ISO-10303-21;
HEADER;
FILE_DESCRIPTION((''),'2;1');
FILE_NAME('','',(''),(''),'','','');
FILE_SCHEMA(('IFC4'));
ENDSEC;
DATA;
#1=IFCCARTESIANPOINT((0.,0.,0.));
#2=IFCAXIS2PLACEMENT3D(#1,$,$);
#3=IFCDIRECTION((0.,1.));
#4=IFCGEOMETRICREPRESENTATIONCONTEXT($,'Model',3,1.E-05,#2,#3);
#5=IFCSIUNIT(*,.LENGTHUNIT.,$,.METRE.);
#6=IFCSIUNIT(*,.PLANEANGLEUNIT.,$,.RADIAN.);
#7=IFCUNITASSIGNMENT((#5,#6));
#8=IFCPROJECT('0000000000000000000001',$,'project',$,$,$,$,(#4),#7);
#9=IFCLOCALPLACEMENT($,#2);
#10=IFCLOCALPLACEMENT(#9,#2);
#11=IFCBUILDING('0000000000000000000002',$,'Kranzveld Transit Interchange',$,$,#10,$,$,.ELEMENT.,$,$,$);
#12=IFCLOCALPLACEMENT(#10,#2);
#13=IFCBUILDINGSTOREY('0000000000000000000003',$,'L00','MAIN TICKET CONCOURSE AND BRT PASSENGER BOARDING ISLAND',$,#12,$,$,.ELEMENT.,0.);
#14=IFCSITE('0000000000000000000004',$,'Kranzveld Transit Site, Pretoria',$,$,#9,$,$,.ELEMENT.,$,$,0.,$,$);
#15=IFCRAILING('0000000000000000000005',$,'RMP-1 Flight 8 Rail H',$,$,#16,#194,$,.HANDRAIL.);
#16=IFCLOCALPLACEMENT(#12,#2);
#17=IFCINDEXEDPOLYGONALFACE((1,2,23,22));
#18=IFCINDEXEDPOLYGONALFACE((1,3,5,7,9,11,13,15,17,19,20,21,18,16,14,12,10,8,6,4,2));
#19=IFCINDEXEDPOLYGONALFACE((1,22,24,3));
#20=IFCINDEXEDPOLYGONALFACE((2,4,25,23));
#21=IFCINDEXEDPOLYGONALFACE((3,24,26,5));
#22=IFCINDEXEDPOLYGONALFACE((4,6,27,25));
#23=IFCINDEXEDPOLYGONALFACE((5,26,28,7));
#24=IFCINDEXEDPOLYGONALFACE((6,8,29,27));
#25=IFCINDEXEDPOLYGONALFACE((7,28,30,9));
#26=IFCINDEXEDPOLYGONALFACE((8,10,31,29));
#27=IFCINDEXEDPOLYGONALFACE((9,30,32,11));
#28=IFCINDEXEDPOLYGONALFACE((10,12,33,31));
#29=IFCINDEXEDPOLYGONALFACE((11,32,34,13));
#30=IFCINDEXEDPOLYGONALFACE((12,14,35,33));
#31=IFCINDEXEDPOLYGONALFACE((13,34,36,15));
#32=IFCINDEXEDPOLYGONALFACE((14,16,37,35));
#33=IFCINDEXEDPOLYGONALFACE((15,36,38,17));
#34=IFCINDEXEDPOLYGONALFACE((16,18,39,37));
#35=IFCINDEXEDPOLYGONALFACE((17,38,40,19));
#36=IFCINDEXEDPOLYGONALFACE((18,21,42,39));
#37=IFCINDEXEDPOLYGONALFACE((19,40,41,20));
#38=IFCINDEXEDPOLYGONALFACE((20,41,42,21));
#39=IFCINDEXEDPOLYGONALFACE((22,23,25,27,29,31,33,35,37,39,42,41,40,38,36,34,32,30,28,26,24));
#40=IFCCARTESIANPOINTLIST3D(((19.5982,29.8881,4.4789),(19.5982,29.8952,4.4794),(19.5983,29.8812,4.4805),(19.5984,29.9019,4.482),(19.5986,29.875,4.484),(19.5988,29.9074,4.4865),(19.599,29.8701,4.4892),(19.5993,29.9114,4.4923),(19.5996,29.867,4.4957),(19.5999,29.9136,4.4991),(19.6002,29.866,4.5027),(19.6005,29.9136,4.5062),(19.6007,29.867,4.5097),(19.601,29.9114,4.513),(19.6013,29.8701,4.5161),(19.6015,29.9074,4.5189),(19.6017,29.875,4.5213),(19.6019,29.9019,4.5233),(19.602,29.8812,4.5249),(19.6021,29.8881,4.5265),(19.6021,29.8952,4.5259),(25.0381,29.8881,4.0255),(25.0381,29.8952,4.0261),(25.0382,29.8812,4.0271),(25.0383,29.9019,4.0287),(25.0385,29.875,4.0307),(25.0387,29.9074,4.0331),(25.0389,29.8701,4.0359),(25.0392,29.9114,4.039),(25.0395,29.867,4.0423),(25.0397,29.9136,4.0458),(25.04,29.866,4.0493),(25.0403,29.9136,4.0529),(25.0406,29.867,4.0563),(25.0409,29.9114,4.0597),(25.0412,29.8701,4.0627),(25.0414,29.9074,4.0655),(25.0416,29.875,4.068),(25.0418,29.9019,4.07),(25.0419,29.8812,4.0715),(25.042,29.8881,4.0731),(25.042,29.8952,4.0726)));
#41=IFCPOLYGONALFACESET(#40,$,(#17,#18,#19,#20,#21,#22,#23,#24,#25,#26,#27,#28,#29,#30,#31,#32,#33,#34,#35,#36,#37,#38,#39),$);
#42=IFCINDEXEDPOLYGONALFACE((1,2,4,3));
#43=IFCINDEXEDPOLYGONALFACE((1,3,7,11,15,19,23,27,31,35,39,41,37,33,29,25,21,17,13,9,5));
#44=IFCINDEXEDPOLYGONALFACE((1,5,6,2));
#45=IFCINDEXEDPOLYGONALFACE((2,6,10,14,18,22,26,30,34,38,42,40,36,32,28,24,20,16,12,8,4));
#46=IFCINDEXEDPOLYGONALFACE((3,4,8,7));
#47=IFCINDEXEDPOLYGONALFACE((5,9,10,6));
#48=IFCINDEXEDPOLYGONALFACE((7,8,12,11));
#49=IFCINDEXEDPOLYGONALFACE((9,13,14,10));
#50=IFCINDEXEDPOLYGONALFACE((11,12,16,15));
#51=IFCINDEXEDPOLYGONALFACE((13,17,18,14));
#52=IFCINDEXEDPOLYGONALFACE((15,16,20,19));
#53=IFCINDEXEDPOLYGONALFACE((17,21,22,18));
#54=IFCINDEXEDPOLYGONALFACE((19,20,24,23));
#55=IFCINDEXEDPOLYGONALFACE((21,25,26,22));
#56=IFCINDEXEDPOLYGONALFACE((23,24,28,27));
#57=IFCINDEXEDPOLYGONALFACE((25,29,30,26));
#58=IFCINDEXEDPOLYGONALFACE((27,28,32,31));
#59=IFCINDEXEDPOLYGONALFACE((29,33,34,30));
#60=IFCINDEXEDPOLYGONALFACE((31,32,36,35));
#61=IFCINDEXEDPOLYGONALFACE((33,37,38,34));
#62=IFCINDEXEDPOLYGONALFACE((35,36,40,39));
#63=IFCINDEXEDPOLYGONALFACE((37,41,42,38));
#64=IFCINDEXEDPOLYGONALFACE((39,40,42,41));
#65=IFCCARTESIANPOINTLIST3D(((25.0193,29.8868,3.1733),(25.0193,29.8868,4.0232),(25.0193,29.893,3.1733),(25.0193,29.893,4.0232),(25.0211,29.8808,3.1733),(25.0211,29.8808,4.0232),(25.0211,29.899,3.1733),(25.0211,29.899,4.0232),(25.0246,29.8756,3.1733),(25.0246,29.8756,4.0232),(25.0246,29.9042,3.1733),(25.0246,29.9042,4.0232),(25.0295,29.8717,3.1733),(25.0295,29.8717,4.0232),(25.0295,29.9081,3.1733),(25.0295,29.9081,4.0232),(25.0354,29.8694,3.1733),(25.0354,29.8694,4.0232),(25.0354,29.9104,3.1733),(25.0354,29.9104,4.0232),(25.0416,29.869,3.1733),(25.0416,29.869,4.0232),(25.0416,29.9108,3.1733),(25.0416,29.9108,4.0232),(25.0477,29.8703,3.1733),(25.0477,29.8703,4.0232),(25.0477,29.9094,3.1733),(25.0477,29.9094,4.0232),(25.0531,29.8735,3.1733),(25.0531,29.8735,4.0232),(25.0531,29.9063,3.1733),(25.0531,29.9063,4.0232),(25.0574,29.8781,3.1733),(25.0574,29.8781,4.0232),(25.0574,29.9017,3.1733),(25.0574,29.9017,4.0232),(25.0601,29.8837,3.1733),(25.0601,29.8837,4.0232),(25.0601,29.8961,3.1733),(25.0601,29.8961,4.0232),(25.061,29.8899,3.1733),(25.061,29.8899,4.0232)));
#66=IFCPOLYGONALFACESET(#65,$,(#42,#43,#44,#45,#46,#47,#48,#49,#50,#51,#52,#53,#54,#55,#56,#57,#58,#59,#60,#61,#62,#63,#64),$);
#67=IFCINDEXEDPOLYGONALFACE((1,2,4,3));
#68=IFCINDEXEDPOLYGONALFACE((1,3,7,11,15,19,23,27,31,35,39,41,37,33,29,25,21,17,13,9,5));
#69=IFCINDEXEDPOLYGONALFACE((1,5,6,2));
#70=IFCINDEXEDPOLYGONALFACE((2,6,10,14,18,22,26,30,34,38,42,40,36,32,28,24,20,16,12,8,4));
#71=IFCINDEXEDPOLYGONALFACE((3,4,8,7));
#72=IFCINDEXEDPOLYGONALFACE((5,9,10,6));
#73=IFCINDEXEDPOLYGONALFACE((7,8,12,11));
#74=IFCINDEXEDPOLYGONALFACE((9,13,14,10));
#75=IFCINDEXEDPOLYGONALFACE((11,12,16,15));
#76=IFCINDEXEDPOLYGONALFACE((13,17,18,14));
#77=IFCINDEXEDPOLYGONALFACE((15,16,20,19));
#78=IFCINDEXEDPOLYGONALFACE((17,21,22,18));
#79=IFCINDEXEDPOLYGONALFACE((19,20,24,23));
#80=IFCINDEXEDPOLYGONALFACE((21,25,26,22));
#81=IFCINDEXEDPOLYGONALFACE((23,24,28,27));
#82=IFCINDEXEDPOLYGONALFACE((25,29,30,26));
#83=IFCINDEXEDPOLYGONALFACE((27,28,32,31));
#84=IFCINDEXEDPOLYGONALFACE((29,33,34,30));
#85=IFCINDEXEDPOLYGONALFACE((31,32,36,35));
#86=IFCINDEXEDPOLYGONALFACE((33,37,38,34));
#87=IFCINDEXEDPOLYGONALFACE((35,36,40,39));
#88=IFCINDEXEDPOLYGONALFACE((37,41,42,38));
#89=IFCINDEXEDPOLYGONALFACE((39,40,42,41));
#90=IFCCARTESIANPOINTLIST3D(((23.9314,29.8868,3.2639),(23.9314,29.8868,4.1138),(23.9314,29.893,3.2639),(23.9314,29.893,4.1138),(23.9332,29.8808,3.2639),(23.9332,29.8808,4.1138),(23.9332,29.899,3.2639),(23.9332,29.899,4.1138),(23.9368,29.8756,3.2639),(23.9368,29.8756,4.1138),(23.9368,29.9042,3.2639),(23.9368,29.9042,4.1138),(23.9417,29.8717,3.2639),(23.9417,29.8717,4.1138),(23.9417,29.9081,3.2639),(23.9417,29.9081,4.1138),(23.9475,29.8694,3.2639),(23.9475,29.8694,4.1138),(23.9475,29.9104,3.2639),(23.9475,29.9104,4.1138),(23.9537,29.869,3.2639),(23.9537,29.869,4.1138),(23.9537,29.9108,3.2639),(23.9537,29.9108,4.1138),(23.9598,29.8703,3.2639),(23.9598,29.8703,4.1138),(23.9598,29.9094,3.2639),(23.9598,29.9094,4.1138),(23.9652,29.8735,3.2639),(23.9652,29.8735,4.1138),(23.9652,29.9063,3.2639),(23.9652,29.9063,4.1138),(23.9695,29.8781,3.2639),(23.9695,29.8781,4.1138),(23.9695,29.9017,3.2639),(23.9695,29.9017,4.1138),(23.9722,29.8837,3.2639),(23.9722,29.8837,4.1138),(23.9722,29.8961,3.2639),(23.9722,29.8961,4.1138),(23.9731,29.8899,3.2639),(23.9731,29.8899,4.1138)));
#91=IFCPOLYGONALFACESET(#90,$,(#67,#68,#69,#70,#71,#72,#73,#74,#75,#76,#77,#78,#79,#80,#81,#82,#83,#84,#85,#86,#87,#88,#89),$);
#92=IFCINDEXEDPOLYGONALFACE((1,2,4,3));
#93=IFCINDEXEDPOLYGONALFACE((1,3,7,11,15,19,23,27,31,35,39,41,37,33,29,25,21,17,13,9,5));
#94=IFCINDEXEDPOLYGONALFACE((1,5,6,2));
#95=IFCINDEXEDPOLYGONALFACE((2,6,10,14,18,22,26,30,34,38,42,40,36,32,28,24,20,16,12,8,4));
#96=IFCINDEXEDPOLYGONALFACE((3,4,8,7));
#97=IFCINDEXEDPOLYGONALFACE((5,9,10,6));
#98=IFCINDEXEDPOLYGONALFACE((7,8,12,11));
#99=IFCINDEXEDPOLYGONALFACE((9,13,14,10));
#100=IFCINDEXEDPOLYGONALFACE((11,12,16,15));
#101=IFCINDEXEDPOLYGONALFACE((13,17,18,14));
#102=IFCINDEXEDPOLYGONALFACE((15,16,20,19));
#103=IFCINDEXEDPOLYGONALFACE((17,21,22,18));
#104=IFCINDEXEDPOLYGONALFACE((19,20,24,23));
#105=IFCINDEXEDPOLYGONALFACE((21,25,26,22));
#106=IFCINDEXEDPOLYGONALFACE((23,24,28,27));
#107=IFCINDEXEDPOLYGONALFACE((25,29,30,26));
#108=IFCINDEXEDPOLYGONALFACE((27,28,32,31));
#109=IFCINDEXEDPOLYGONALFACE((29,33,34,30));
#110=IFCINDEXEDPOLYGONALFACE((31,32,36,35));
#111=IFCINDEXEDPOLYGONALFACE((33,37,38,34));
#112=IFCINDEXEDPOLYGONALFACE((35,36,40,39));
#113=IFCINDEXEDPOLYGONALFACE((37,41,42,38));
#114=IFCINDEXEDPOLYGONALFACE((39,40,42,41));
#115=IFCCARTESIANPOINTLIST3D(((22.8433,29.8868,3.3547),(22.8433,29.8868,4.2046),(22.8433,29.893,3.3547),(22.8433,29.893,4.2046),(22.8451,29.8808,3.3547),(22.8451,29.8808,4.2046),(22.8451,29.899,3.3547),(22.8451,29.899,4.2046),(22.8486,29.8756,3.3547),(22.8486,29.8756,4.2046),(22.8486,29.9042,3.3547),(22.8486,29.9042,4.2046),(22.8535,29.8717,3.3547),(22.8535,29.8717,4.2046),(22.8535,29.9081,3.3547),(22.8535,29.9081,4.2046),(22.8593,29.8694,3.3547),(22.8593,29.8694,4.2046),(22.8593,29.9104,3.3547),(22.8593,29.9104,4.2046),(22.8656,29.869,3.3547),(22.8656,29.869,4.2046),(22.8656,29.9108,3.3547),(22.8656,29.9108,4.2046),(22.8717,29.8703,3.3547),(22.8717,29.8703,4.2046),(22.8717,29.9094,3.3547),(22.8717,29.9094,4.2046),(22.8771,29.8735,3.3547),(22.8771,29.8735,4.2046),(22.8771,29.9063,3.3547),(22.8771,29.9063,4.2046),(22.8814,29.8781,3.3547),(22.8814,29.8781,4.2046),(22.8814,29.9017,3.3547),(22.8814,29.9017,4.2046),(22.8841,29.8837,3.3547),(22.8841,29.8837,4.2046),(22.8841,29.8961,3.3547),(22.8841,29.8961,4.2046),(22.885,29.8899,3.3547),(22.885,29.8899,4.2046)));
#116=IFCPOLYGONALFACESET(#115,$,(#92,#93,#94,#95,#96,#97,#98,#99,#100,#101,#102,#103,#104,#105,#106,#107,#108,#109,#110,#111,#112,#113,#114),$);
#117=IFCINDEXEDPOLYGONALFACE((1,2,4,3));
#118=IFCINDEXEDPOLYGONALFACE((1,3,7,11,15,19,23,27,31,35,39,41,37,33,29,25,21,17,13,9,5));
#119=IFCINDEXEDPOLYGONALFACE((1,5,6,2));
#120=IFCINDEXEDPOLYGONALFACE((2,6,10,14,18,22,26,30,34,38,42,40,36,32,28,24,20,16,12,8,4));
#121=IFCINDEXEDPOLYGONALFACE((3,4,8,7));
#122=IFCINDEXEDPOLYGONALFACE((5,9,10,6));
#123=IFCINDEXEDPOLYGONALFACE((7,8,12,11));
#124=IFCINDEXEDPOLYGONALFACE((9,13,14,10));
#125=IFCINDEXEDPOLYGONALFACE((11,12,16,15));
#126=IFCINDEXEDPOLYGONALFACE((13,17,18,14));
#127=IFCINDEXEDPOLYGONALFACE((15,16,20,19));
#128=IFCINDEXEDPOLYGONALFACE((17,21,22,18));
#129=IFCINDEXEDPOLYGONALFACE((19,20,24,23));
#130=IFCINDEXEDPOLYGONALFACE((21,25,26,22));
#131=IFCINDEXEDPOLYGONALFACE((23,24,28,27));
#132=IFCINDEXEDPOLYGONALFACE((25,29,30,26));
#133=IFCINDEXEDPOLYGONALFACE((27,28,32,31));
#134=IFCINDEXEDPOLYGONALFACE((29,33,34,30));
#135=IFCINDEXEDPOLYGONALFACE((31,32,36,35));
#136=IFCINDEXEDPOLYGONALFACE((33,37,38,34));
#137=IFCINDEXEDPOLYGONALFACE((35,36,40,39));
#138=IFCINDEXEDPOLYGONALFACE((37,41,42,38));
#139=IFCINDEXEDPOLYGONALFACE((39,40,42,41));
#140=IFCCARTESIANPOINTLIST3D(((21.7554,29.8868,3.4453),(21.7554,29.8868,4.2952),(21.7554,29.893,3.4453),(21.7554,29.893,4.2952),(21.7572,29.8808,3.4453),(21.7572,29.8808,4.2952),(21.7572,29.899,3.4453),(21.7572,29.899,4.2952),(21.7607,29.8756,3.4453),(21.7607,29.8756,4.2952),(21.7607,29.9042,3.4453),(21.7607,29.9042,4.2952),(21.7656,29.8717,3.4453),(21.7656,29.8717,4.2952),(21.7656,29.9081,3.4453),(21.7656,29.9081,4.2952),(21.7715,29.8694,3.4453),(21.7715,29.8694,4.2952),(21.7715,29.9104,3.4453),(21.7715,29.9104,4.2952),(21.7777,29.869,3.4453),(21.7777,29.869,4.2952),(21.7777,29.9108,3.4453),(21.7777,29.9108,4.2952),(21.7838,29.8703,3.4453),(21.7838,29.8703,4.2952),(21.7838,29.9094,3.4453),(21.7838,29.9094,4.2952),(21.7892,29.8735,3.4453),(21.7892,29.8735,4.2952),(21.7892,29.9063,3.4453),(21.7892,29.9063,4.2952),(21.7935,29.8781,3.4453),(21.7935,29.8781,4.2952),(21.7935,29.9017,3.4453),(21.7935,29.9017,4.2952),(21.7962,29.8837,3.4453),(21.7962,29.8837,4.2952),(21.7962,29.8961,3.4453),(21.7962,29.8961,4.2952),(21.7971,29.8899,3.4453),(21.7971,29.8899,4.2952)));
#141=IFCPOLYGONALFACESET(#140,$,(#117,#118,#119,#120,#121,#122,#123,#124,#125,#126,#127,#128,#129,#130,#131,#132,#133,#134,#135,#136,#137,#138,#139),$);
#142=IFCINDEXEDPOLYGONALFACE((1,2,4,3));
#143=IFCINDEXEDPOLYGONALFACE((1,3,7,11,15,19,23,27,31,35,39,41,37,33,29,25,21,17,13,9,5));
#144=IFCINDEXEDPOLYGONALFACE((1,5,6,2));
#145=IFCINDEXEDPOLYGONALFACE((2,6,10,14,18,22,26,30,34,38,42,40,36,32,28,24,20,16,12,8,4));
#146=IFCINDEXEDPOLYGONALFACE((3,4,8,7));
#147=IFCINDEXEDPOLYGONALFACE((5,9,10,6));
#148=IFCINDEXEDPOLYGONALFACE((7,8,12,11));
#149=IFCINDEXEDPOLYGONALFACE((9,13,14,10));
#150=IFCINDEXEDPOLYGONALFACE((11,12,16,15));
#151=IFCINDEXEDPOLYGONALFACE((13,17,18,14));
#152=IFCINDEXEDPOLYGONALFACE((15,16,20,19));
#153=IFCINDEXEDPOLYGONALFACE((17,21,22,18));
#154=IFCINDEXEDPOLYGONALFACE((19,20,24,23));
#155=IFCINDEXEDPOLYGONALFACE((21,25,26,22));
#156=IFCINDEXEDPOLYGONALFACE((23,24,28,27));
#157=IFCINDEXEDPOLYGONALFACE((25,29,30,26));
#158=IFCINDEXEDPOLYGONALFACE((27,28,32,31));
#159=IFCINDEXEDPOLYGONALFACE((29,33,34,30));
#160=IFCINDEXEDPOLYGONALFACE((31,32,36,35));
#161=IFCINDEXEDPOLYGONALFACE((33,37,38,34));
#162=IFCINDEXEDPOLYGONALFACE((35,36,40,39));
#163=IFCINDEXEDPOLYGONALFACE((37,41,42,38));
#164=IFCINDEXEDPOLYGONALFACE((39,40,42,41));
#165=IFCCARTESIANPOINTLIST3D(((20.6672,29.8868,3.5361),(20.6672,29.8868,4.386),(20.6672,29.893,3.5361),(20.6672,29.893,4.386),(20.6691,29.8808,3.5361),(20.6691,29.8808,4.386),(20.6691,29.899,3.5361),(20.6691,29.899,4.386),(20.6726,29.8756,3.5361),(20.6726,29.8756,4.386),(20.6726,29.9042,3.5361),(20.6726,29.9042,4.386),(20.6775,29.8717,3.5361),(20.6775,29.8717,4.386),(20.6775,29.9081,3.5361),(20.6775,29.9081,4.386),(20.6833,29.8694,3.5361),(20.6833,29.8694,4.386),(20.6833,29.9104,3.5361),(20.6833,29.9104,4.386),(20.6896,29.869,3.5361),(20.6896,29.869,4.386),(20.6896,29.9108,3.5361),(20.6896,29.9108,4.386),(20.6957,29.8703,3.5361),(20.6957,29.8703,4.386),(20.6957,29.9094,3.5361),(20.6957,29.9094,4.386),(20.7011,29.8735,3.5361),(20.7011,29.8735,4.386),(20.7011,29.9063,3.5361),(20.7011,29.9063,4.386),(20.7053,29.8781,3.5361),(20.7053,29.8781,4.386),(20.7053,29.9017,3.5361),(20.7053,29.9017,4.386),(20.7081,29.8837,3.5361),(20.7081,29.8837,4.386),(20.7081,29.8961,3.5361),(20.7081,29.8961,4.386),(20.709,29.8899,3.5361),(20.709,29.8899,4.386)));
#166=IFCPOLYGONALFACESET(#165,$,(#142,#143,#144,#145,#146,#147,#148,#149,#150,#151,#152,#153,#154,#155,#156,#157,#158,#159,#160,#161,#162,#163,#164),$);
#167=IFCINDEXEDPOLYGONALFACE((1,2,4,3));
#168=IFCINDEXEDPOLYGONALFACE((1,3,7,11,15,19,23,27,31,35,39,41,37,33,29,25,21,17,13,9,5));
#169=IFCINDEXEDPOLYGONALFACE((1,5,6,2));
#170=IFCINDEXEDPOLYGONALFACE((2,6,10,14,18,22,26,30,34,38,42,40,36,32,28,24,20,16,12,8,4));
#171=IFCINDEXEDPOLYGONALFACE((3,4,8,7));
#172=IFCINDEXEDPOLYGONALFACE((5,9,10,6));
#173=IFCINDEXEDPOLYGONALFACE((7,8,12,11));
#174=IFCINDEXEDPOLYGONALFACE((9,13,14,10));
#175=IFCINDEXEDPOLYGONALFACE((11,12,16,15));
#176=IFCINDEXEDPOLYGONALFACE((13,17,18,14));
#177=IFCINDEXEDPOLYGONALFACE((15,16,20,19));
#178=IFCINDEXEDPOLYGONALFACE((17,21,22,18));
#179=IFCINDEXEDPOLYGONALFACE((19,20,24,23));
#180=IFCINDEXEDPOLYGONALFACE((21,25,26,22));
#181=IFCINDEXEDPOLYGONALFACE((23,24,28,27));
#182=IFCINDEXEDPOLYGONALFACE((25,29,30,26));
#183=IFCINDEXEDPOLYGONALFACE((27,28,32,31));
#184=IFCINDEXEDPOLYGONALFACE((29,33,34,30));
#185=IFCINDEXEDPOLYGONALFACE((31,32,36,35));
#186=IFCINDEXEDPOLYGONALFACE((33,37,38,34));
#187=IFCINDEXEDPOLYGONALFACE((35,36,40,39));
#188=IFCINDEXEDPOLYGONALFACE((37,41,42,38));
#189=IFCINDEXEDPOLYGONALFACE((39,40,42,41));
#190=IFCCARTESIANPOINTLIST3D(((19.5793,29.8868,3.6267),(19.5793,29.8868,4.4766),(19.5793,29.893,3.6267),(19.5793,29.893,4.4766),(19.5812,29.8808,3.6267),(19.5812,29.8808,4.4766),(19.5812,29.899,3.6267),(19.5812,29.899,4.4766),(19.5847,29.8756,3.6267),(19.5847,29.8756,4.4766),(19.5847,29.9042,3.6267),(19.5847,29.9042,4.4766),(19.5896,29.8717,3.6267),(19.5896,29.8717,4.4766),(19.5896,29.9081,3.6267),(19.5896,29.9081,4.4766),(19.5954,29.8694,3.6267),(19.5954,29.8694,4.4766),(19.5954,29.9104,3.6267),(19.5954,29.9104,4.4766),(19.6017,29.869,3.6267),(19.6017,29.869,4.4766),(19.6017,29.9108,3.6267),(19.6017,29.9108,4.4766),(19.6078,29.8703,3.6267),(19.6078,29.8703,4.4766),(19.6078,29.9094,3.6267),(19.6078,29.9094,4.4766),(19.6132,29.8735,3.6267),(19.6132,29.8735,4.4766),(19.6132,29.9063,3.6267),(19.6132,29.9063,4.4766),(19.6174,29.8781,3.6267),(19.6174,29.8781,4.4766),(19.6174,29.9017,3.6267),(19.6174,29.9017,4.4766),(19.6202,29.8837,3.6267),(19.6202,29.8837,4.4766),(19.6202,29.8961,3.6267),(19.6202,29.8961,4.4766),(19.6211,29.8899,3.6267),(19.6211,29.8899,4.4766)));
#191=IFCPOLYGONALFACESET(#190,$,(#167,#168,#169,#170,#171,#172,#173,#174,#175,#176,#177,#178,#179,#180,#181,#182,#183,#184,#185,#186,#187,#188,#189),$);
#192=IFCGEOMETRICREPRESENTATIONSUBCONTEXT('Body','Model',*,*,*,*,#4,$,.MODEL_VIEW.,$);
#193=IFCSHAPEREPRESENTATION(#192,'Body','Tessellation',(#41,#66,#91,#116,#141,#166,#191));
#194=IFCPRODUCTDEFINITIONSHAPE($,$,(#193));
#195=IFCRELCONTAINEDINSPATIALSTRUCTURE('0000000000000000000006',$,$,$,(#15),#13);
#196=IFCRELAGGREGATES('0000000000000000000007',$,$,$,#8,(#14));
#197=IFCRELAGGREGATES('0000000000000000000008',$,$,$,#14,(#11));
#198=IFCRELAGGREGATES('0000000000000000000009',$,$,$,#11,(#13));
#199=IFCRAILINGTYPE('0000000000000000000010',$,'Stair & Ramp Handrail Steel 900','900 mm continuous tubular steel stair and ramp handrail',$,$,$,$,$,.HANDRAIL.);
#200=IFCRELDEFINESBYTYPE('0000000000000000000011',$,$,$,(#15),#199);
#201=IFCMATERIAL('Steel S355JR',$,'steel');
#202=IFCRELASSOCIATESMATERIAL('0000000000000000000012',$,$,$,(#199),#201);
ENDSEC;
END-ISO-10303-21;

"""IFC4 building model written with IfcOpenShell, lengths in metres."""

from ifc_helpers import new_model, si_unit, direction, frame, origin, origin_2d, place, context, subcontext, project, spatial, circle, extrude, material, type_object, element, save


model = new_model("IFC4")

# Units and contexts
model_context = context("Model", 3, precision=1e-05, world=origin(), true_north=direction((0.0, 1.0)))
body_context = subcontext(model_context, "Body", "Model", "MODEL_VIEW")
ifc_project = project(units=[si_unit("LENGTHUNIT", "METRE"), si_unit("PLANEANGLEUNIT", "RADIAN")], contexts=[model_context])

# Site, building, storey
site_placement = place(None, origin())
site = spatial("IfcSite", under=ifc_project, at=site_placement, Name="Kranzveld Transit Site, Pretoria", CompositionType="ELEMENT", RefElevation=0.0)
building_placement = place(site_placement, origin())
building = spatial("IfcBuilding", under=site, at=building_placement, Name="Kranzveld Transit Interchange", CompositionType="ELEMENT")
storey_placement = place(building_placement, origin())
storey = spatial("IfcBuildingStorey", under=building, at=storey_placement, Name="L00", Description="MAIN TICKET CONCOURSE AND BRT PASSENGER BOARDING ISLAND", CompositionType="ELEMENT", Elevation=0.0)

# Railing
ifc_material_1 = material(Name="Steel S355JR", Category="steel")
railing_type_1 = type_object("IfcRailingType", Name="Stair & Ramp Handrail Steel 900", Description="900 mm continuous tubular steel stair and ramp handrail", PredefinedType="HANDRAIL", material=ifc_material_1)
for number, where, name in (
    (1, (25.04, 29.8899, 3.1733), "RMP-1 Flight 8 Rail H"),
):
    element("IfcRailing", number, at=place(storey_placement, frame(where)), inside=storey, type_object=railing_type_1, Name=name, PredefinedType="HANDRAIL", context=body_context, shape_type="SweptSolid", body=[
        extrude(circle(Radius=0.0239, at=origin_2d()), frame((0.0, 0.0, 0.876), z_axis=(-0.996545, 0.0, 0.083053), x_axis=(0.0, -1.0, 0.0)), (0.0, 0.0, 1.0), 5.4587),
        extrude(circle(Radius=0.021, at=origin_2d()), origin(), (0.0, 0.0, 1.0), 0.8499),
        extrude(circle(Radius=0.021, at=origin_2d()), frame((-1.0879, 0.0, 0.0906)), (0.0, 0.0, 1.0), 0.8499),
        extrude(circle(Radius=0.021, at=origin_2d()), frame((-2.176, 0.0, 0.1814)), (0.0, 0.0, 1.0), 0.8499),
        extrude(circle(Radius=0.021, at=origin_2d()), frame((-3.2639, 0.0, 0.272)), (0.0, 0.0, 1.0), 0.8499),
        extrude(circle(Radius=0.021, at=origin_2d()), frame((-4.3521, 0.0, 0.3628)), (0.0, 0.0, 1.0), 0.8499),
        extrude(circle(Radius=0.021, at=origin_2d()), frame((-5.4399, 0.0, 0.4534)), (0.0, 0.0, 1.0), 0.8499),
    ])

save(model, "model.ifc")
